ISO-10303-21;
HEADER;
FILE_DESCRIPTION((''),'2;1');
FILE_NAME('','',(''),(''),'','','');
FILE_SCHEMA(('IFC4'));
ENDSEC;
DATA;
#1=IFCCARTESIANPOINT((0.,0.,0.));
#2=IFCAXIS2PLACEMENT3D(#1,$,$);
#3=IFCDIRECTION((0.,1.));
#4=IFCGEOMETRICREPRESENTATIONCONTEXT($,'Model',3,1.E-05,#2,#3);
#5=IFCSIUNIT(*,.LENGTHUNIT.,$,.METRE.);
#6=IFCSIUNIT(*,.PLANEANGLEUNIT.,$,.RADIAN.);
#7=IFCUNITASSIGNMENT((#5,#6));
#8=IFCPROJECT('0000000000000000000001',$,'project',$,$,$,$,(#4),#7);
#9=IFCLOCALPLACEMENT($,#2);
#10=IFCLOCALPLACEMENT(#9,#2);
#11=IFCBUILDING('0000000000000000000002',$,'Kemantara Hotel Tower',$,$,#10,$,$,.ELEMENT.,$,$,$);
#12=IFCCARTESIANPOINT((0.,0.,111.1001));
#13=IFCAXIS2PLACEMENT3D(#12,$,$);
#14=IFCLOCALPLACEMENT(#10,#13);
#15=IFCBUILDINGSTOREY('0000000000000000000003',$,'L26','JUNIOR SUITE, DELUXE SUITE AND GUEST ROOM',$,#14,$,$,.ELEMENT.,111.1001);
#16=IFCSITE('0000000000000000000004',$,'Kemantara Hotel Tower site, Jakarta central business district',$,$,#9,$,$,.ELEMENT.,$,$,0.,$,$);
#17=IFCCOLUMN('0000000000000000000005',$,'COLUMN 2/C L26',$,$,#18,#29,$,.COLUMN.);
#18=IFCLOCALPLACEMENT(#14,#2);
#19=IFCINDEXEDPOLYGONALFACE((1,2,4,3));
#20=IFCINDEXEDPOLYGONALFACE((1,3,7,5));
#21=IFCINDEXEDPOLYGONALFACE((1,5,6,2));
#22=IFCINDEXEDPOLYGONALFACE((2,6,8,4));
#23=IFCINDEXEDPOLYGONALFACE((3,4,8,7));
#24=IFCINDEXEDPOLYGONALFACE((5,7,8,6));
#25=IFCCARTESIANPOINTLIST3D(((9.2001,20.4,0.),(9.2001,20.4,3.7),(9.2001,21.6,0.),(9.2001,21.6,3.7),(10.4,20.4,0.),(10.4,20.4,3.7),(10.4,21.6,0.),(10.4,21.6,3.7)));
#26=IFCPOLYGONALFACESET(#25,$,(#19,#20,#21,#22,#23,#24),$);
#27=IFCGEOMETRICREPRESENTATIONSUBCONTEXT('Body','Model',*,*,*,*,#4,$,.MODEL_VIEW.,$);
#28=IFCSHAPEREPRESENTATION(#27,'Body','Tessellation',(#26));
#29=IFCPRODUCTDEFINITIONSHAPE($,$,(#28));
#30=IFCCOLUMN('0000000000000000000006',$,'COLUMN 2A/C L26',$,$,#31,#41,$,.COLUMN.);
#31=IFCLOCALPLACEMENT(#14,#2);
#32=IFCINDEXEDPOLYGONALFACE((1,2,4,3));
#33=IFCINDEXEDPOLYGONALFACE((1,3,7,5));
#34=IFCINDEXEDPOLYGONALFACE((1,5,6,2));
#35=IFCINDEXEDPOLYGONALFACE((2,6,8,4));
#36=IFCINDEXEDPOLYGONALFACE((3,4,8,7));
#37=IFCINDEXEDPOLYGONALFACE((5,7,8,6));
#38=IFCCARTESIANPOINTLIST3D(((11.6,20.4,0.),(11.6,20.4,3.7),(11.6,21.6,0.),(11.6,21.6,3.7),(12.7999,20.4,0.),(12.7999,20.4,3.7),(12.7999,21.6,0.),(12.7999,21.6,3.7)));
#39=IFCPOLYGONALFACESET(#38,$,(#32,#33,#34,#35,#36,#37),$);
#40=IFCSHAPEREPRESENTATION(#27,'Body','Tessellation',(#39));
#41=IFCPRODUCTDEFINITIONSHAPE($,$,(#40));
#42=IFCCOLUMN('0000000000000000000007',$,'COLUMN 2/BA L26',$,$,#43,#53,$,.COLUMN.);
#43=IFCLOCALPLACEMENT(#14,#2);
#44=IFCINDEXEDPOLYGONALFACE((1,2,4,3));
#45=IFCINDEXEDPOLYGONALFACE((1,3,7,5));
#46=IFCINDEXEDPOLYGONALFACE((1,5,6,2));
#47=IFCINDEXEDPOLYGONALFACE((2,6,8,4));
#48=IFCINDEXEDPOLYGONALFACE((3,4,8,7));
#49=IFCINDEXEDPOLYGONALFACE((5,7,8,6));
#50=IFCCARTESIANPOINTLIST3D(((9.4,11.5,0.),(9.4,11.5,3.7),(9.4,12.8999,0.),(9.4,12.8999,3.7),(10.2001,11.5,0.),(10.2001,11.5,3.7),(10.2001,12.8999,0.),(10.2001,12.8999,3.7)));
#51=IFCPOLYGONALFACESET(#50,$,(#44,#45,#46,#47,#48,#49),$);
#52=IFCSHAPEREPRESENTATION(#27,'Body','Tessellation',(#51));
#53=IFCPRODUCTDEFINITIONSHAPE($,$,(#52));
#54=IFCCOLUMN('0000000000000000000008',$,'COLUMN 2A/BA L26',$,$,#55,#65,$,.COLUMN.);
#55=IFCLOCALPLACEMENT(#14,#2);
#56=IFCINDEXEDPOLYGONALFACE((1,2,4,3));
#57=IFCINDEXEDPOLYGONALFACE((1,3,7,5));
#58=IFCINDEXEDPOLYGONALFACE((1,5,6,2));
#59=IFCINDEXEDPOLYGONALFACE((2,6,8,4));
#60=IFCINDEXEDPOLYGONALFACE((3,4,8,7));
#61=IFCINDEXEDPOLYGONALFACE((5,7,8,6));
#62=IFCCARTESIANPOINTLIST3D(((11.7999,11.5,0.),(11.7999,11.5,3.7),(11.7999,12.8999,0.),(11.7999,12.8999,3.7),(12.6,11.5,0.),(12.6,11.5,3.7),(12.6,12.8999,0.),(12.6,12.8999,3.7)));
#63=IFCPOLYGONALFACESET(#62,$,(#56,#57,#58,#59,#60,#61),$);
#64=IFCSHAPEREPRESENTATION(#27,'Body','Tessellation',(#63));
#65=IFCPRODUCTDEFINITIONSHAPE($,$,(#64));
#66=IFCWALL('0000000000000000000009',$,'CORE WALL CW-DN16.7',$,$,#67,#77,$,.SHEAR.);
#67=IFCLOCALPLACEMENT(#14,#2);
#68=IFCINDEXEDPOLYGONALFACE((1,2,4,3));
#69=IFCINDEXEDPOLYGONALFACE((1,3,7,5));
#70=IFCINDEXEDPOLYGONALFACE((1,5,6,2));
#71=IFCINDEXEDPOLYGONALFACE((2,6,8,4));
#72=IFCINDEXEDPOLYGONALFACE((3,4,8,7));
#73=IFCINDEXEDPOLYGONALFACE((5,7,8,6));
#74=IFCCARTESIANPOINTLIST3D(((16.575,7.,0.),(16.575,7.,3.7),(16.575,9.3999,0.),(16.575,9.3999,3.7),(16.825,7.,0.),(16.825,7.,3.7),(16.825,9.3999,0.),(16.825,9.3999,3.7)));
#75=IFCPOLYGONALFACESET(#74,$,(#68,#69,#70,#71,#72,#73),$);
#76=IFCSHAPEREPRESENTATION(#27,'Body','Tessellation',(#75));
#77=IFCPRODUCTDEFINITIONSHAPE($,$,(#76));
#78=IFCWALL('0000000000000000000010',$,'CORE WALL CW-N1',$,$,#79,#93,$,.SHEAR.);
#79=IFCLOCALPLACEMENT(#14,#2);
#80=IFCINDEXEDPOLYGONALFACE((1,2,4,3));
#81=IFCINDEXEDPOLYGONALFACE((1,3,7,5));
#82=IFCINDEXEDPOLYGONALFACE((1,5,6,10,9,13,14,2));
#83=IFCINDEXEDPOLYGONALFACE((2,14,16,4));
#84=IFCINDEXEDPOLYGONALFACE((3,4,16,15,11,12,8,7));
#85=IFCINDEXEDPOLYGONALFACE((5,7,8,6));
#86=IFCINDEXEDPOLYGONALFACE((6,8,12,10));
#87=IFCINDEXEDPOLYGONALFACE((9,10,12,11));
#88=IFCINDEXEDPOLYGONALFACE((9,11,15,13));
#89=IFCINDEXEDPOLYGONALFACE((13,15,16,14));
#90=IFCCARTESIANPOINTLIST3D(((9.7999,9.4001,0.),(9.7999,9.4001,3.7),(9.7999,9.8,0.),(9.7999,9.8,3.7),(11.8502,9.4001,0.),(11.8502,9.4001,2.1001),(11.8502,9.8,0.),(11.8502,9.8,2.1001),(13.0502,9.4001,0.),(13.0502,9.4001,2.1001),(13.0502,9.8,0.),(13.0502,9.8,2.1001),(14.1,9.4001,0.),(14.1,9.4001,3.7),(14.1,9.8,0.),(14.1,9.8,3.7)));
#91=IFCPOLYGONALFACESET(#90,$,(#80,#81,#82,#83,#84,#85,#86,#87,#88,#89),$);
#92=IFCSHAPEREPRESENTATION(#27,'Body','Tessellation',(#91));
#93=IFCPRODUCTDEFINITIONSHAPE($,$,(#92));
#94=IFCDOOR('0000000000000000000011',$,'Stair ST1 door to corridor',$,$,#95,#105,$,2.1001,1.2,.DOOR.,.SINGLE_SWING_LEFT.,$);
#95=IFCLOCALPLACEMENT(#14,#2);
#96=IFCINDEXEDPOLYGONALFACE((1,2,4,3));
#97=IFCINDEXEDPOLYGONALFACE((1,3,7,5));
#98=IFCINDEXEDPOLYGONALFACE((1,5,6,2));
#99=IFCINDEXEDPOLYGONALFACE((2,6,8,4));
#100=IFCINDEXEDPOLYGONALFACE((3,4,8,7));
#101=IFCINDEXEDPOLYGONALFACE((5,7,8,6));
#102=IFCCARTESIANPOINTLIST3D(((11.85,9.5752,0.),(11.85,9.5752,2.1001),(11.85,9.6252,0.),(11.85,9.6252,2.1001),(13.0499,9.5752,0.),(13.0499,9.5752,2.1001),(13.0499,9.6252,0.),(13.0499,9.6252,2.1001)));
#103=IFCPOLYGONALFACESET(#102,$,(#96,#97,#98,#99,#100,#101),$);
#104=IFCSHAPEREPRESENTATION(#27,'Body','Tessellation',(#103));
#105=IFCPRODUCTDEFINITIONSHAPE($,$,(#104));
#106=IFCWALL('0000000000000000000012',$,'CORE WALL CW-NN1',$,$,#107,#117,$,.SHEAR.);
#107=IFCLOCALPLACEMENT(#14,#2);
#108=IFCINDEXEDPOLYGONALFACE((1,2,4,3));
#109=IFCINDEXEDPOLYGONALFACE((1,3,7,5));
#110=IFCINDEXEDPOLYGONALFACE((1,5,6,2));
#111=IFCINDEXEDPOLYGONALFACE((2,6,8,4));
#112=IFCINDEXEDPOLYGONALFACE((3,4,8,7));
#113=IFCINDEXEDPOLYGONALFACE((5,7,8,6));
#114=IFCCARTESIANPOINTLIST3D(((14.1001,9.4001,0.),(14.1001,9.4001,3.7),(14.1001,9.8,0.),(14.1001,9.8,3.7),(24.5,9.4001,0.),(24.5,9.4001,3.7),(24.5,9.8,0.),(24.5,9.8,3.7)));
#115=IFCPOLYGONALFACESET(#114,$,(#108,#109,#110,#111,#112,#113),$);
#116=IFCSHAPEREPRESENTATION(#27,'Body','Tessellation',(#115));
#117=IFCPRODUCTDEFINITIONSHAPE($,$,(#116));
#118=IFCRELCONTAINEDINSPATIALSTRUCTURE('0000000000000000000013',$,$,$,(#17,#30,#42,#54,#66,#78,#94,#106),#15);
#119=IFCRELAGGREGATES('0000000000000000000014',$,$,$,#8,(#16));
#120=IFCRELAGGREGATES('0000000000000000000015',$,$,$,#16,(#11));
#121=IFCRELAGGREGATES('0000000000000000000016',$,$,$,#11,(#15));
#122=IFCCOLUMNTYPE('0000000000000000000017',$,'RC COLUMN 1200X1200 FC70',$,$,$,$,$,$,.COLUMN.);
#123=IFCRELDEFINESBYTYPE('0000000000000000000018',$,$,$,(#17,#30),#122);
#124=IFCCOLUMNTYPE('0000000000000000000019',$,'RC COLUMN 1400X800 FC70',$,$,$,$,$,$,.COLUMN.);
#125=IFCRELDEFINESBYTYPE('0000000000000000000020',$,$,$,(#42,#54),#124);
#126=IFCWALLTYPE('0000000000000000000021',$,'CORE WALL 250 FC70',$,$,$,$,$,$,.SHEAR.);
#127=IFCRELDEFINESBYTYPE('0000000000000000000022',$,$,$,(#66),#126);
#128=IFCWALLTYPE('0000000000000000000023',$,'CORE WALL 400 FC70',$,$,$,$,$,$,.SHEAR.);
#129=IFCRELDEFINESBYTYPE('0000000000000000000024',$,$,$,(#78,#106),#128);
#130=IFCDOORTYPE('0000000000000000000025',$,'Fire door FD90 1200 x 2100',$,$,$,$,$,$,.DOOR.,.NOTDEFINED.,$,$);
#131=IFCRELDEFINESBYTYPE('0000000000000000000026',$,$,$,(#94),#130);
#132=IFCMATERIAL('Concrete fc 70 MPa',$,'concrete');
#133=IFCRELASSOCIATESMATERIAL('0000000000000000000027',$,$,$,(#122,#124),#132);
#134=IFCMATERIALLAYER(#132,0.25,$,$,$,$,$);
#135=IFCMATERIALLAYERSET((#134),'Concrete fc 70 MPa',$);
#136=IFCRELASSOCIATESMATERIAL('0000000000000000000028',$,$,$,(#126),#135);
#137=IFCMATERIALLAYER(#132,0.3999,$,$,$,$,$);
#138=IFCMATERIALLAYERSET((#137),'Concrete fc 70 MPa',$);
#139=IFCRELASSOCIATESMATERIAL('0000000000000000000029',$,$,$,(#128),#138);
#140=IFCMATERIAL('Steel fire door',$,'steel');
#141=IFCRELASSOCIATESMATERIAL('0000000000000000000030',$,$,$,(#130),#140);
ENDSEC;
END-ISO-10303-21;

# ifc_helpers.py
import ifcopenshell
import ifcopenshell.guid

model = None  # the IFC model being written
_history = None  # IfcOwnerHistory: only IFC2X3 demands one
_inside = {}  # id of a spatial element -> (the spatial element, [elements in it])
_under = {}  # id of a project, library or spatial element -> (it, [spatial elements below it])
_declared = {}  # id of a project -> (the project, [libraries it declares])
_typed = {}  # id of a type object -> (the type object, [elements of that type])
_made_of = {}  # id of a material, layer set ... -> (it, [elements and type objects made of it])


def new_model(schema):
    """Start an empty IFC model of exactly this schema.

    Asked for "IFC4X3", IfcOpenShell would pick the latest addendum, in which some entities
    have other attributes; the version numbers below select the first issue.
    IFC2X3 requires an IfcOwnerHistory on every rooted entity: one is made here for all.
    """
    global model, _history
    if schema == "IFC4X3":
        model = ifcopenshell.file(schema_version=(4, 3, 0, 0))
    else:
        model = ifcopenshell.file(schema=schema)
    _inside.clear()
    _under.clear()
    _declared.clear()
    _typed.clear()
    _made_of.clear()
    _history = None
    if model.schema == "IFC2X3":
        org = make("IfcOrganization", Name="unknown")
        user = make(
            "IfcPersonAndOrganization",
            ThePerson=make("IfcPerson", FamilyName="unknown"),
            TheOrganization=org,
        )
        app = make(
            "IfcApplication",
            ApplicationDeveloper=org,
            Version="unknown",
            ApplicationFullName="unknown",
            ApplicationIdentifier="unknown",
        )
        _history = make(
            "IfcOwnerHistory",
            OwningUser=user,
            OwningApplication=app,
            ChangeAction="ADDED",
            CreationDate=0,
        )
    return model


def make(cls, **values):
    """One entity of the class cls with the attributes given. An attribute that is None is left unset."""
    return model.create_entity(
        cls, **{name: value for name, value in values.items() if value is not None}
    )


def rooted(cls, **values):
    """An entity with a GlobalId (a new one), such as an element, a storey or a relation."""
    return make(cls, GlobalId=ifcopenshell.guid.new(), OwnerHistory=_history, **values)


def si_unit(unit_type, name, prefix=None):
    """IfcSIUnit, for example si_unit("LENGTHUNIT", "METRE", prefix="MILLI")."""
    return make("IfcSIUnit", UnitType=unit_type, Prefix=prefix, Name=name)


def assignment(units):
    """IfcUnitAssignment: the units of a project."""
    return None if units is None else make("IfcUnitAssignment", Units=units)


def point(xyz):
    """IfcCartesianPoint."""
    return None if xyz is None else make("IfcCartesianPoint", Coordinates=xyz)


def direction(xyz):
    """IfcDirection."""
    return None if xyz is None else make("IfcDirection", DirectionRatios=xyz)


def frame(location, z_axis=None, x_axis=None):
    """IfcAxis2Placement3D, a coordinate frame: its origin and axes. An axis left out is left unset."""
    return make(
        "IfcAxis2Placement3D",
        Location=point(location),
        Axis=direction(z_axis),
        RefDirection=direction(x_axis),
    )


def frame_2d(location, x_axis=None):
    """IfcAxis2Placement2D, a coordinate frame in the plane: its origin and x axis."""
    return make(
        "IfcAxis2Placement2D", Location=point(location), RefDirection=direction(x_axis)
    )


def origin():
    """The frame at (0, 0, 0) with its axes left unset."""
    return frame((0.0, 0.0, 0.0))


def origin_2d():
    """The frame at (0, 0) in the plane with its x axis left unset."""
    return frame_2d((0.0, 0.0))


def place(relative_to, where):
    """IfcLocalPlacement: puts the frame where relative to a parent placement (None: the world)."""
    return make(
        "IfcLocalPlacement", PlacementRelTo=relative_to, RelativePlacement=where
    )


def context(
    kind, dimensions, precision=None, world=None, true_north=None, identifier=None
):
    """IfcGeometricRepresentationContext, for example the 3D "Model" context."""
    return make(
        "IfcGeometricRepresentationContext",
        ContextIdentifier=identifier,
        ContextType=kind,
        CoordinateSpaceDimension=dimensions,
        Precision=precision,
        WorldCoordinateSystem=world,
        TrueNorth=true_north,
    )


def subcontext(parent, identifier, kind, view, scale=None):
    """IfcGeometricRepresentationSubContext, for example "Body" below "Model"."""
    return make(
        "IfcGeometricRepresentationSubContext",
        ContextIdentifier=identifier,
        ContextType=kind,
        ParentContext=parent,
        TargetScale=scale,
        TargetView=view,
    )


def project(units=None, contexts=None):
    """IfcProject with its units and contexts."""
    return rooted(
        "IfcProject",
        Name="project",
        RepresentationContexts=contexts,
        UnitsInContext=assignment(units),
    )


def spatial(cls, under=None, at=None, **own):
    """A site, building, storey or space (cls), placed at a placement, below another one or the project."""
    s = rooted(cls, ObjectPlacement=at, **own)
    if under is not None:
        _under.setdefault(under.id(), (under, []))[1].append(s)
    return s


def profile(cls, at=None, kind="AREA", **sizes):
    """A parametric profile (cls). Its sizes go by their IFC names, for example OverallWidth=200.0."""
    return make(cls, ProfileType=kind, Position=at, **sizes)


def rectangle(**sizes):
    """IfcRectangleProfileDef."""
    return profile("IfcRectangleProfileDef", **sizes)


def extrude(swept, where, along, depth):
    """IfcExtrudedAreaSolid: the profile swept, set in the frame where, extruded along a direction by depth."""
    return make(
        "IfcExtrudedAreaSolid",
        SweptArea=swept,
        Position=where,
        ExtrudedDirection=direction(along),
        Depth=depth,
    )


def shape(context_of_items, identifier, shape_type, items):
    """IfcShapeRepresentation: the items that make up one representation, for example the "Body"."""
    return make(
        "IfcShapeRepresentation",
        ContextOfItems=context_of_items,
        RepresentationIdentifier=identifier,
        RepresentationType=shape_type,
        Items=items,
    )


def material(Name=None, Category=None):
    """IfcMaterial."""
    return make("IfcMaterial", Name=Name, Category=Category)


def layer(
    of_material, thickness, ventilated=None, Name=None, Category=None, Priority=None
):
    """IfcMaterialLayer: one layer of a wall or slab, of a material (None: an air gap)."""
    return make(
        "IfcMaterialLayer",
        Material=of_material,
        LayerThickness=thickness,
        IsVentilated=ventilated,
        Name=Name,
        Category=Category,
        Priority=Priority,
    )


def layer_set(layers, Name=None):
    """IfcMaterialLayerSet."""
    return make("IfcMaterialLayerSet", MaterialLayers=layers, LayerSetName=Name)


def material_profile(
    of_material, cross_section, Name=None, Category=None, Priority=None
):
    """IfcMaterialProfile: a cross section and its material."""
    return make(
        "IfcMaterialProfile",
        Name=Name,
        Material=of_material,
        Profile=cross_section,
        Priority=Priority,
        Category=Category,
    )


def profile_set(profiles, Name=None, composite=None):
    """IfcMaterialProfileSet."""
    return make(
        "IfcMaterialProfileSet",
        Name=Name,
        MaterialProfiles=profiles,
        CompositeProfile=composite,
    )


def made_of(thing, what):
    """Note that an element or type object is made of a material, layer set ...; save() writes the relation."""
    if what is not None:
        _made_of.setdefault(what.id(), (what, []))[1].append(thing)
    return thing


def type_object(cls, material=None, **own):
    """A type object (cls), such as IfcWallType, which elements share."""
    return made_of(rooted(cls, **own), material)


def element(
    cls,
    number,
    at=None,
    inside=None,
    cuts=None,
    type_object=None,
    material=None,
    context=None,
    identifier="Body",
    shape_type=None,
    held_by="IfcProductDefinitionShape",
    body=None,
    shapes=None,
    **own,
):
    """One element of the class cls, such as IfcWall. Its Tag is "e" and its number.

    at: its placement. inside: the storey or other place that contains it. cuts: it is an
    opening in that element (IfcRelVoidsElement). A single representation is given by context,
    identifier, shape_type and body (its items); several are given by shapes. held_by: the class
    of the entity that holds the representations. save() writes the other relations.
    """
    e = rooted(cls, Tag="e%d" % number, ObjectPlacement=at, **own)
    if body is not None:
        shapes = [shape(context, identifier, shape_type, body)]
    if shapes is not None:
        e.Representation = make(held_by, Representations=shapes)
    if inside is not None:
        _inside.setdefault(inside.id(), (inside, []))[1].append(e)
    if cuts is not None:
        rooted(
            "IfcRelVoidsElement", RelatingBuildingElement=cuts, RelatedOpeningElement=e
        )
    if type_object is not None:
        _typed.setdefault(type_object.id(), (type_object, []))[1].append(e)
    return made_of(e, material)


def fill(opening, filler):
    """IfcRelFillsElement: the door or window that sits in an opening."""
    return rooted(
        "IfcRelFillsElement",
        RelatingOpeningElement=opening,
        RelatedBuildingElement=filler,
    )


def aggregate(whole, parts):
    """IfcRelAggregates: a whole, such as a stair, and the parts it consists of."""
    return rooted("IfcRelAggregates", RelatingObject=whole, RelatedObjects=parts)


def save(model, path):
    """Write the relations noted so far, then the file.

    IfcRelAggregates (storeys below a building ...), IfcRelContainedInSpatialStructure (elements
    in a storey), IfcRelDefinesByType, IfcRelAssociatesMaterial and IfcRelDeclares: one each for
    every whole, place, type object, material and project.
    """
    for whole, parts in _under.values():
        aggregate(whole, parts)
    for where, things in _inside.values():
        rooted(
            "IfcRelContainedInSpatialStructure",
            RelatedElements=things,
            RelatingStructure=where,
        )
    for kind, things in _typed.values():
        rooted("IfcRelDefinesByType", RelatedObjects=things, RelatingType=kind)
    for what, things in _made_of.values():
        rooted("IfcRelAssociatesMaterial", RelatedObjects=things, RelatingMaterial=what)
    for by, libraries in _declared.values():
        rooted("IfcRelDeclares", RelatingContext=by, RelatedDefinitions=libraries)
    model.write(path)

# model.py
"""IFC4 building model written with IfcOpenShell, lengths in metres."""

from ifc_helpers import new_model, si_unit, direction, frame, frame_2d, origin, origin_2d, place, context, subcontext, project, spatial, rectangle, extrude, material, layer, layer_set, material_profile, profile_set, type_object, element, fill, save


model = new_model("IFC4")

# Units and contexts
model_context = context("Model", 3, precision=1e-05, world=origin(), true_north=direction((0.0, 1.0)))
body_context = subcontext(model_context, "Body", "Model", "MODEL_VIEW")
ifc_project = project(units=[si_unit("LENGTHUNIT", "METRE"), si_unit("PLANEANGLEUNIT", "RADIAN")], contexts=[model_context])

# Site, building, storey
site_placement = place(None, origin())
site = spatial("IfcSite", under=ifc_project, at=site_placement, Name="Kemantara Hotel Tower site, Jakarta central business district", CompositionType="ELEMENT", RefElevation=0.0)
building_placement = place(site_placement, origin())
building = spatial("IfcBuilding", under=site, at=building_placement, Name="Kemantara Hotel Tower", CompositionType="ELEMENT")
storey_placement = place(building_placement, frame((0.0, 0.0, 111.1001)))
storey = spatial("IfcBuildingStorey", under=building, at=storey_placement, Name="L26", Description="JUNIOR SUITE, DELUXE SUITE AND GUEST ROOM", CompositionType="ELEMENT", Elevation=111.1001)

# Columns
ifc_material_1 = material(Name="Concrete fc 70 MPa", Category="concrete")
ifc_material_profile_1 = material_profile(ifc_material_1, rectangle(XDim=1.2, YDim=1.2, at=origin_2d()), Name="RC 1200X1200")
ifc_profile_set_1 = profile_set([ifc_material_profile_1], Name="Concrete fc 70 MPa")
column_type_1 = type_object("IfcColumnType", Name="RC COLUMN 1200X1200 FC70", PredefinedType="COLUMN", material=ifc_profile_set_1)
for number, where, z_axis, x_axis, name in (
    (1, (9.8, 21.0, 0.0), (0.0, 0.0, 1.0), (1.0, 0.0, 0.0), "COLUMN 2/C L26"),
    (2, (12.2, 21.0, 0.0), (0.0, 0.0, 1.0), (1.0, 0.0, 0.0), "COLUMN 2A/C L26"),
):
    element("IfcColumn", number, at=place(storey_placement, frame(where, z_axis=z_axis, x_axis=x_axis)), inside=storey, type_object=column_type_1, Name=name, PredefinedType="COLUMN", context=body_context, shape_type="SweptSolid", body=[
        extrude(rectangle(XDim=1.2, YDim=1.2, at=origin_2d()), origin(), (0.0, 0.0, 1.0), 3.7),
    ])
ifc_material_profile_2 = material_profile(ifc_material_1, rectangle(XDim=1.3999, YDim=0.8, at=origin_2d()), Name="RC 1400X800")
ifc_profile_set_2 = profile_set([ifc_material_profile_2], Name="Concrete fc 70 MPa")
column_type_2 = type_object("IfcColumnType", Name="RC COLUMN 1400X800 FC70", PredefinedType="COLUMN", material=ifc_profile_set_2)
for number, where, z_axis, x_axis, name in (
    (3, (9.8, 12.2, 0.0), (0.0, 0.0, 1.0), (0.0, 1.0, 0.0), "COLUMN 2/BA L26"),
    (4, (12.2, 12.2, 0.0), (0.0, 0.0, 1.0), (0.0, 1.0, 0.0), "COLUMN 2A/BA L26"),
):
    element("IfcColumn", number, at=place(storey_placement, frame(where, z_axis=z_axis, x_axis=x_axis)), inside=storey, type_object=column_type_2, Name=name, PredefinedType="COLUMN", context=body_context, shape_type="SweptSolid", body=[
        extrude(rectangle(XDim=1.3999, YDim=0.8, at=origin_2d()), origin(), (0.0, 0.0, 1.0), 3.7),
    ])

# Wall
ifc_layer_1 = layer(ifc_material_1, 0.25)
ifc_layer_set_1 = layer_set([ifc_layer_1], Name="Concrete fc 70 MPa")
wall_type_1 = type_object("IfcWallType", Name="CORE WALL 250 FC70", PredefinedType="SHEAR", material=ifc_layer_set_1)
wall_1_placement = place(storey_placement, frame((16.7, 7.0, 0.0), z_axis=(0.0, 0.0, 1.0), x_axis=(0.0, 1.0, 0.0)))
element("IfcWall", 5, at=wall_1_placement, inside=storey, type_object=wall_type_1, Name="CORE WALL CW-DN16.7", PredefinedType="SHEAR", context=body_context, shape_type="SweptSolid", body=[
    extrude(rectangle(XDim=2.3999, YDim=0.25, at=frame_2d((1.2, 0.0))), origin(), (0.0, 0.0, 1.0), 3.7),
])

# Wall, opening, door
ifc_layer_2 = layer(ifc_material_1, 0.3999)
ifc_layer_set_2 = layer_set([ifc_layer_2], Name="Concrete fc 70 MPa")
wall_type_2 = type_object("IfcWallType", Name="CORE WALL 400 FC70", PredefinedType="SHEAR", material=ifc_layer_set_2)
wall_2_placement = place(storey_placement, frame((9.8, 9.6001, 0.0), z_axis=(0.0, 0.0, 1.0), x_axis=(1.0, 0.0, 0.0)))
wall_2 = element("IfcWall", 6, at=wall_2_placement, inside=storey, type_object=wall_type_2, Name="CORE WALL CW-N1", PredefinedType="SHEAR", context=body_context, shape_type="SweptSolid", body=[
    extrude(rectangle(XDim=4.3, YDim=0.3999, at=frame_2d((2.1499, 0.0))), origin(), (0.0, 0.0, 1.0), 3.7),
])
opening_1_placement = place(wall_2_placement, frame((2.05, 0.0, 0.0)))
opening_1 = element("IfcOpeningElement", 7, at=opening_1_placement, cuts=wall_2, PredefinedType="OPENING", context=body_context, shape_type="SweptSolid", body=[
    extrude(rectangle(XDim=1.2, YDim=2.1001, at=frame_2d((0.6001, 1.05))), frame((0.0, 0.21, 0.0), z_axis=(0.0, -1.0, 0.0), x_axis=(1.0, 0.0, 0.0)), (0.0, 0.0, 1.0), 0.4199),
])
ifc_material_2 = material(Name="Steel fire door", Category="steel")
door_type_1 = type_object("IfcDoorType", Name="Fire door FD90 1200 x 2100", OperationType="NOTDEFINED", PredefinedType="DOOR", material=ifc_material_2)
door_1_placement = place(opening_1_placement, frame((1.2, 0.0, 0.0), z_axis=(0.0, 0.0, 1.0), x_axis=(-1.0, 0.0, 0.0)))
door_1 = element("IfcDoor", 8, at=door_1_placement, inside=storey, type_object=door_type_1, Name="Stair ST1 door to corridor", OperationType="SINGLE_SWING_LEFT", OverallHeight=2.1001, OverallWidth=1.2, PredefinedType="DOOR", context=body_context, shape_type="SweptSolid", body=[
    extrude(rectangle(XDim=1.2, YDim=2.1001, at=frame_2d((0.6001, 1.05))), frame((0.0, 0.0249, 0.0), z_axis=(0.0, -1.0, 0.0), x_axis=(1.0, 0.0, 0.0)), (0.0, 0.0, 1.0), 0.05),
])
fill(opening_1, door_1)

# Wall
wall_3_placement = place(storey_placement, frame((14.1001, 9.6001, 0.0), z_axis=(0.0, 0.0, 1.0), x_axis=(1.0, 0.0, 0.0)))
element("IfcWall", 9, at=wall_3_placement, inside=storey, type_object=wall_type_2, Name="CORE WALL CW-NN1", PredefinedType="SHEAR", context=body_context, shape_type="SweptSolid", body=[
    extrude(rectangle(XDim=10.3999, YDim=0.3999, at=frame_2d((5.2, 0.0))), origin(), (0.0, 0.0, 1.0), 3.7),
])

save(model, "model.ifc")
